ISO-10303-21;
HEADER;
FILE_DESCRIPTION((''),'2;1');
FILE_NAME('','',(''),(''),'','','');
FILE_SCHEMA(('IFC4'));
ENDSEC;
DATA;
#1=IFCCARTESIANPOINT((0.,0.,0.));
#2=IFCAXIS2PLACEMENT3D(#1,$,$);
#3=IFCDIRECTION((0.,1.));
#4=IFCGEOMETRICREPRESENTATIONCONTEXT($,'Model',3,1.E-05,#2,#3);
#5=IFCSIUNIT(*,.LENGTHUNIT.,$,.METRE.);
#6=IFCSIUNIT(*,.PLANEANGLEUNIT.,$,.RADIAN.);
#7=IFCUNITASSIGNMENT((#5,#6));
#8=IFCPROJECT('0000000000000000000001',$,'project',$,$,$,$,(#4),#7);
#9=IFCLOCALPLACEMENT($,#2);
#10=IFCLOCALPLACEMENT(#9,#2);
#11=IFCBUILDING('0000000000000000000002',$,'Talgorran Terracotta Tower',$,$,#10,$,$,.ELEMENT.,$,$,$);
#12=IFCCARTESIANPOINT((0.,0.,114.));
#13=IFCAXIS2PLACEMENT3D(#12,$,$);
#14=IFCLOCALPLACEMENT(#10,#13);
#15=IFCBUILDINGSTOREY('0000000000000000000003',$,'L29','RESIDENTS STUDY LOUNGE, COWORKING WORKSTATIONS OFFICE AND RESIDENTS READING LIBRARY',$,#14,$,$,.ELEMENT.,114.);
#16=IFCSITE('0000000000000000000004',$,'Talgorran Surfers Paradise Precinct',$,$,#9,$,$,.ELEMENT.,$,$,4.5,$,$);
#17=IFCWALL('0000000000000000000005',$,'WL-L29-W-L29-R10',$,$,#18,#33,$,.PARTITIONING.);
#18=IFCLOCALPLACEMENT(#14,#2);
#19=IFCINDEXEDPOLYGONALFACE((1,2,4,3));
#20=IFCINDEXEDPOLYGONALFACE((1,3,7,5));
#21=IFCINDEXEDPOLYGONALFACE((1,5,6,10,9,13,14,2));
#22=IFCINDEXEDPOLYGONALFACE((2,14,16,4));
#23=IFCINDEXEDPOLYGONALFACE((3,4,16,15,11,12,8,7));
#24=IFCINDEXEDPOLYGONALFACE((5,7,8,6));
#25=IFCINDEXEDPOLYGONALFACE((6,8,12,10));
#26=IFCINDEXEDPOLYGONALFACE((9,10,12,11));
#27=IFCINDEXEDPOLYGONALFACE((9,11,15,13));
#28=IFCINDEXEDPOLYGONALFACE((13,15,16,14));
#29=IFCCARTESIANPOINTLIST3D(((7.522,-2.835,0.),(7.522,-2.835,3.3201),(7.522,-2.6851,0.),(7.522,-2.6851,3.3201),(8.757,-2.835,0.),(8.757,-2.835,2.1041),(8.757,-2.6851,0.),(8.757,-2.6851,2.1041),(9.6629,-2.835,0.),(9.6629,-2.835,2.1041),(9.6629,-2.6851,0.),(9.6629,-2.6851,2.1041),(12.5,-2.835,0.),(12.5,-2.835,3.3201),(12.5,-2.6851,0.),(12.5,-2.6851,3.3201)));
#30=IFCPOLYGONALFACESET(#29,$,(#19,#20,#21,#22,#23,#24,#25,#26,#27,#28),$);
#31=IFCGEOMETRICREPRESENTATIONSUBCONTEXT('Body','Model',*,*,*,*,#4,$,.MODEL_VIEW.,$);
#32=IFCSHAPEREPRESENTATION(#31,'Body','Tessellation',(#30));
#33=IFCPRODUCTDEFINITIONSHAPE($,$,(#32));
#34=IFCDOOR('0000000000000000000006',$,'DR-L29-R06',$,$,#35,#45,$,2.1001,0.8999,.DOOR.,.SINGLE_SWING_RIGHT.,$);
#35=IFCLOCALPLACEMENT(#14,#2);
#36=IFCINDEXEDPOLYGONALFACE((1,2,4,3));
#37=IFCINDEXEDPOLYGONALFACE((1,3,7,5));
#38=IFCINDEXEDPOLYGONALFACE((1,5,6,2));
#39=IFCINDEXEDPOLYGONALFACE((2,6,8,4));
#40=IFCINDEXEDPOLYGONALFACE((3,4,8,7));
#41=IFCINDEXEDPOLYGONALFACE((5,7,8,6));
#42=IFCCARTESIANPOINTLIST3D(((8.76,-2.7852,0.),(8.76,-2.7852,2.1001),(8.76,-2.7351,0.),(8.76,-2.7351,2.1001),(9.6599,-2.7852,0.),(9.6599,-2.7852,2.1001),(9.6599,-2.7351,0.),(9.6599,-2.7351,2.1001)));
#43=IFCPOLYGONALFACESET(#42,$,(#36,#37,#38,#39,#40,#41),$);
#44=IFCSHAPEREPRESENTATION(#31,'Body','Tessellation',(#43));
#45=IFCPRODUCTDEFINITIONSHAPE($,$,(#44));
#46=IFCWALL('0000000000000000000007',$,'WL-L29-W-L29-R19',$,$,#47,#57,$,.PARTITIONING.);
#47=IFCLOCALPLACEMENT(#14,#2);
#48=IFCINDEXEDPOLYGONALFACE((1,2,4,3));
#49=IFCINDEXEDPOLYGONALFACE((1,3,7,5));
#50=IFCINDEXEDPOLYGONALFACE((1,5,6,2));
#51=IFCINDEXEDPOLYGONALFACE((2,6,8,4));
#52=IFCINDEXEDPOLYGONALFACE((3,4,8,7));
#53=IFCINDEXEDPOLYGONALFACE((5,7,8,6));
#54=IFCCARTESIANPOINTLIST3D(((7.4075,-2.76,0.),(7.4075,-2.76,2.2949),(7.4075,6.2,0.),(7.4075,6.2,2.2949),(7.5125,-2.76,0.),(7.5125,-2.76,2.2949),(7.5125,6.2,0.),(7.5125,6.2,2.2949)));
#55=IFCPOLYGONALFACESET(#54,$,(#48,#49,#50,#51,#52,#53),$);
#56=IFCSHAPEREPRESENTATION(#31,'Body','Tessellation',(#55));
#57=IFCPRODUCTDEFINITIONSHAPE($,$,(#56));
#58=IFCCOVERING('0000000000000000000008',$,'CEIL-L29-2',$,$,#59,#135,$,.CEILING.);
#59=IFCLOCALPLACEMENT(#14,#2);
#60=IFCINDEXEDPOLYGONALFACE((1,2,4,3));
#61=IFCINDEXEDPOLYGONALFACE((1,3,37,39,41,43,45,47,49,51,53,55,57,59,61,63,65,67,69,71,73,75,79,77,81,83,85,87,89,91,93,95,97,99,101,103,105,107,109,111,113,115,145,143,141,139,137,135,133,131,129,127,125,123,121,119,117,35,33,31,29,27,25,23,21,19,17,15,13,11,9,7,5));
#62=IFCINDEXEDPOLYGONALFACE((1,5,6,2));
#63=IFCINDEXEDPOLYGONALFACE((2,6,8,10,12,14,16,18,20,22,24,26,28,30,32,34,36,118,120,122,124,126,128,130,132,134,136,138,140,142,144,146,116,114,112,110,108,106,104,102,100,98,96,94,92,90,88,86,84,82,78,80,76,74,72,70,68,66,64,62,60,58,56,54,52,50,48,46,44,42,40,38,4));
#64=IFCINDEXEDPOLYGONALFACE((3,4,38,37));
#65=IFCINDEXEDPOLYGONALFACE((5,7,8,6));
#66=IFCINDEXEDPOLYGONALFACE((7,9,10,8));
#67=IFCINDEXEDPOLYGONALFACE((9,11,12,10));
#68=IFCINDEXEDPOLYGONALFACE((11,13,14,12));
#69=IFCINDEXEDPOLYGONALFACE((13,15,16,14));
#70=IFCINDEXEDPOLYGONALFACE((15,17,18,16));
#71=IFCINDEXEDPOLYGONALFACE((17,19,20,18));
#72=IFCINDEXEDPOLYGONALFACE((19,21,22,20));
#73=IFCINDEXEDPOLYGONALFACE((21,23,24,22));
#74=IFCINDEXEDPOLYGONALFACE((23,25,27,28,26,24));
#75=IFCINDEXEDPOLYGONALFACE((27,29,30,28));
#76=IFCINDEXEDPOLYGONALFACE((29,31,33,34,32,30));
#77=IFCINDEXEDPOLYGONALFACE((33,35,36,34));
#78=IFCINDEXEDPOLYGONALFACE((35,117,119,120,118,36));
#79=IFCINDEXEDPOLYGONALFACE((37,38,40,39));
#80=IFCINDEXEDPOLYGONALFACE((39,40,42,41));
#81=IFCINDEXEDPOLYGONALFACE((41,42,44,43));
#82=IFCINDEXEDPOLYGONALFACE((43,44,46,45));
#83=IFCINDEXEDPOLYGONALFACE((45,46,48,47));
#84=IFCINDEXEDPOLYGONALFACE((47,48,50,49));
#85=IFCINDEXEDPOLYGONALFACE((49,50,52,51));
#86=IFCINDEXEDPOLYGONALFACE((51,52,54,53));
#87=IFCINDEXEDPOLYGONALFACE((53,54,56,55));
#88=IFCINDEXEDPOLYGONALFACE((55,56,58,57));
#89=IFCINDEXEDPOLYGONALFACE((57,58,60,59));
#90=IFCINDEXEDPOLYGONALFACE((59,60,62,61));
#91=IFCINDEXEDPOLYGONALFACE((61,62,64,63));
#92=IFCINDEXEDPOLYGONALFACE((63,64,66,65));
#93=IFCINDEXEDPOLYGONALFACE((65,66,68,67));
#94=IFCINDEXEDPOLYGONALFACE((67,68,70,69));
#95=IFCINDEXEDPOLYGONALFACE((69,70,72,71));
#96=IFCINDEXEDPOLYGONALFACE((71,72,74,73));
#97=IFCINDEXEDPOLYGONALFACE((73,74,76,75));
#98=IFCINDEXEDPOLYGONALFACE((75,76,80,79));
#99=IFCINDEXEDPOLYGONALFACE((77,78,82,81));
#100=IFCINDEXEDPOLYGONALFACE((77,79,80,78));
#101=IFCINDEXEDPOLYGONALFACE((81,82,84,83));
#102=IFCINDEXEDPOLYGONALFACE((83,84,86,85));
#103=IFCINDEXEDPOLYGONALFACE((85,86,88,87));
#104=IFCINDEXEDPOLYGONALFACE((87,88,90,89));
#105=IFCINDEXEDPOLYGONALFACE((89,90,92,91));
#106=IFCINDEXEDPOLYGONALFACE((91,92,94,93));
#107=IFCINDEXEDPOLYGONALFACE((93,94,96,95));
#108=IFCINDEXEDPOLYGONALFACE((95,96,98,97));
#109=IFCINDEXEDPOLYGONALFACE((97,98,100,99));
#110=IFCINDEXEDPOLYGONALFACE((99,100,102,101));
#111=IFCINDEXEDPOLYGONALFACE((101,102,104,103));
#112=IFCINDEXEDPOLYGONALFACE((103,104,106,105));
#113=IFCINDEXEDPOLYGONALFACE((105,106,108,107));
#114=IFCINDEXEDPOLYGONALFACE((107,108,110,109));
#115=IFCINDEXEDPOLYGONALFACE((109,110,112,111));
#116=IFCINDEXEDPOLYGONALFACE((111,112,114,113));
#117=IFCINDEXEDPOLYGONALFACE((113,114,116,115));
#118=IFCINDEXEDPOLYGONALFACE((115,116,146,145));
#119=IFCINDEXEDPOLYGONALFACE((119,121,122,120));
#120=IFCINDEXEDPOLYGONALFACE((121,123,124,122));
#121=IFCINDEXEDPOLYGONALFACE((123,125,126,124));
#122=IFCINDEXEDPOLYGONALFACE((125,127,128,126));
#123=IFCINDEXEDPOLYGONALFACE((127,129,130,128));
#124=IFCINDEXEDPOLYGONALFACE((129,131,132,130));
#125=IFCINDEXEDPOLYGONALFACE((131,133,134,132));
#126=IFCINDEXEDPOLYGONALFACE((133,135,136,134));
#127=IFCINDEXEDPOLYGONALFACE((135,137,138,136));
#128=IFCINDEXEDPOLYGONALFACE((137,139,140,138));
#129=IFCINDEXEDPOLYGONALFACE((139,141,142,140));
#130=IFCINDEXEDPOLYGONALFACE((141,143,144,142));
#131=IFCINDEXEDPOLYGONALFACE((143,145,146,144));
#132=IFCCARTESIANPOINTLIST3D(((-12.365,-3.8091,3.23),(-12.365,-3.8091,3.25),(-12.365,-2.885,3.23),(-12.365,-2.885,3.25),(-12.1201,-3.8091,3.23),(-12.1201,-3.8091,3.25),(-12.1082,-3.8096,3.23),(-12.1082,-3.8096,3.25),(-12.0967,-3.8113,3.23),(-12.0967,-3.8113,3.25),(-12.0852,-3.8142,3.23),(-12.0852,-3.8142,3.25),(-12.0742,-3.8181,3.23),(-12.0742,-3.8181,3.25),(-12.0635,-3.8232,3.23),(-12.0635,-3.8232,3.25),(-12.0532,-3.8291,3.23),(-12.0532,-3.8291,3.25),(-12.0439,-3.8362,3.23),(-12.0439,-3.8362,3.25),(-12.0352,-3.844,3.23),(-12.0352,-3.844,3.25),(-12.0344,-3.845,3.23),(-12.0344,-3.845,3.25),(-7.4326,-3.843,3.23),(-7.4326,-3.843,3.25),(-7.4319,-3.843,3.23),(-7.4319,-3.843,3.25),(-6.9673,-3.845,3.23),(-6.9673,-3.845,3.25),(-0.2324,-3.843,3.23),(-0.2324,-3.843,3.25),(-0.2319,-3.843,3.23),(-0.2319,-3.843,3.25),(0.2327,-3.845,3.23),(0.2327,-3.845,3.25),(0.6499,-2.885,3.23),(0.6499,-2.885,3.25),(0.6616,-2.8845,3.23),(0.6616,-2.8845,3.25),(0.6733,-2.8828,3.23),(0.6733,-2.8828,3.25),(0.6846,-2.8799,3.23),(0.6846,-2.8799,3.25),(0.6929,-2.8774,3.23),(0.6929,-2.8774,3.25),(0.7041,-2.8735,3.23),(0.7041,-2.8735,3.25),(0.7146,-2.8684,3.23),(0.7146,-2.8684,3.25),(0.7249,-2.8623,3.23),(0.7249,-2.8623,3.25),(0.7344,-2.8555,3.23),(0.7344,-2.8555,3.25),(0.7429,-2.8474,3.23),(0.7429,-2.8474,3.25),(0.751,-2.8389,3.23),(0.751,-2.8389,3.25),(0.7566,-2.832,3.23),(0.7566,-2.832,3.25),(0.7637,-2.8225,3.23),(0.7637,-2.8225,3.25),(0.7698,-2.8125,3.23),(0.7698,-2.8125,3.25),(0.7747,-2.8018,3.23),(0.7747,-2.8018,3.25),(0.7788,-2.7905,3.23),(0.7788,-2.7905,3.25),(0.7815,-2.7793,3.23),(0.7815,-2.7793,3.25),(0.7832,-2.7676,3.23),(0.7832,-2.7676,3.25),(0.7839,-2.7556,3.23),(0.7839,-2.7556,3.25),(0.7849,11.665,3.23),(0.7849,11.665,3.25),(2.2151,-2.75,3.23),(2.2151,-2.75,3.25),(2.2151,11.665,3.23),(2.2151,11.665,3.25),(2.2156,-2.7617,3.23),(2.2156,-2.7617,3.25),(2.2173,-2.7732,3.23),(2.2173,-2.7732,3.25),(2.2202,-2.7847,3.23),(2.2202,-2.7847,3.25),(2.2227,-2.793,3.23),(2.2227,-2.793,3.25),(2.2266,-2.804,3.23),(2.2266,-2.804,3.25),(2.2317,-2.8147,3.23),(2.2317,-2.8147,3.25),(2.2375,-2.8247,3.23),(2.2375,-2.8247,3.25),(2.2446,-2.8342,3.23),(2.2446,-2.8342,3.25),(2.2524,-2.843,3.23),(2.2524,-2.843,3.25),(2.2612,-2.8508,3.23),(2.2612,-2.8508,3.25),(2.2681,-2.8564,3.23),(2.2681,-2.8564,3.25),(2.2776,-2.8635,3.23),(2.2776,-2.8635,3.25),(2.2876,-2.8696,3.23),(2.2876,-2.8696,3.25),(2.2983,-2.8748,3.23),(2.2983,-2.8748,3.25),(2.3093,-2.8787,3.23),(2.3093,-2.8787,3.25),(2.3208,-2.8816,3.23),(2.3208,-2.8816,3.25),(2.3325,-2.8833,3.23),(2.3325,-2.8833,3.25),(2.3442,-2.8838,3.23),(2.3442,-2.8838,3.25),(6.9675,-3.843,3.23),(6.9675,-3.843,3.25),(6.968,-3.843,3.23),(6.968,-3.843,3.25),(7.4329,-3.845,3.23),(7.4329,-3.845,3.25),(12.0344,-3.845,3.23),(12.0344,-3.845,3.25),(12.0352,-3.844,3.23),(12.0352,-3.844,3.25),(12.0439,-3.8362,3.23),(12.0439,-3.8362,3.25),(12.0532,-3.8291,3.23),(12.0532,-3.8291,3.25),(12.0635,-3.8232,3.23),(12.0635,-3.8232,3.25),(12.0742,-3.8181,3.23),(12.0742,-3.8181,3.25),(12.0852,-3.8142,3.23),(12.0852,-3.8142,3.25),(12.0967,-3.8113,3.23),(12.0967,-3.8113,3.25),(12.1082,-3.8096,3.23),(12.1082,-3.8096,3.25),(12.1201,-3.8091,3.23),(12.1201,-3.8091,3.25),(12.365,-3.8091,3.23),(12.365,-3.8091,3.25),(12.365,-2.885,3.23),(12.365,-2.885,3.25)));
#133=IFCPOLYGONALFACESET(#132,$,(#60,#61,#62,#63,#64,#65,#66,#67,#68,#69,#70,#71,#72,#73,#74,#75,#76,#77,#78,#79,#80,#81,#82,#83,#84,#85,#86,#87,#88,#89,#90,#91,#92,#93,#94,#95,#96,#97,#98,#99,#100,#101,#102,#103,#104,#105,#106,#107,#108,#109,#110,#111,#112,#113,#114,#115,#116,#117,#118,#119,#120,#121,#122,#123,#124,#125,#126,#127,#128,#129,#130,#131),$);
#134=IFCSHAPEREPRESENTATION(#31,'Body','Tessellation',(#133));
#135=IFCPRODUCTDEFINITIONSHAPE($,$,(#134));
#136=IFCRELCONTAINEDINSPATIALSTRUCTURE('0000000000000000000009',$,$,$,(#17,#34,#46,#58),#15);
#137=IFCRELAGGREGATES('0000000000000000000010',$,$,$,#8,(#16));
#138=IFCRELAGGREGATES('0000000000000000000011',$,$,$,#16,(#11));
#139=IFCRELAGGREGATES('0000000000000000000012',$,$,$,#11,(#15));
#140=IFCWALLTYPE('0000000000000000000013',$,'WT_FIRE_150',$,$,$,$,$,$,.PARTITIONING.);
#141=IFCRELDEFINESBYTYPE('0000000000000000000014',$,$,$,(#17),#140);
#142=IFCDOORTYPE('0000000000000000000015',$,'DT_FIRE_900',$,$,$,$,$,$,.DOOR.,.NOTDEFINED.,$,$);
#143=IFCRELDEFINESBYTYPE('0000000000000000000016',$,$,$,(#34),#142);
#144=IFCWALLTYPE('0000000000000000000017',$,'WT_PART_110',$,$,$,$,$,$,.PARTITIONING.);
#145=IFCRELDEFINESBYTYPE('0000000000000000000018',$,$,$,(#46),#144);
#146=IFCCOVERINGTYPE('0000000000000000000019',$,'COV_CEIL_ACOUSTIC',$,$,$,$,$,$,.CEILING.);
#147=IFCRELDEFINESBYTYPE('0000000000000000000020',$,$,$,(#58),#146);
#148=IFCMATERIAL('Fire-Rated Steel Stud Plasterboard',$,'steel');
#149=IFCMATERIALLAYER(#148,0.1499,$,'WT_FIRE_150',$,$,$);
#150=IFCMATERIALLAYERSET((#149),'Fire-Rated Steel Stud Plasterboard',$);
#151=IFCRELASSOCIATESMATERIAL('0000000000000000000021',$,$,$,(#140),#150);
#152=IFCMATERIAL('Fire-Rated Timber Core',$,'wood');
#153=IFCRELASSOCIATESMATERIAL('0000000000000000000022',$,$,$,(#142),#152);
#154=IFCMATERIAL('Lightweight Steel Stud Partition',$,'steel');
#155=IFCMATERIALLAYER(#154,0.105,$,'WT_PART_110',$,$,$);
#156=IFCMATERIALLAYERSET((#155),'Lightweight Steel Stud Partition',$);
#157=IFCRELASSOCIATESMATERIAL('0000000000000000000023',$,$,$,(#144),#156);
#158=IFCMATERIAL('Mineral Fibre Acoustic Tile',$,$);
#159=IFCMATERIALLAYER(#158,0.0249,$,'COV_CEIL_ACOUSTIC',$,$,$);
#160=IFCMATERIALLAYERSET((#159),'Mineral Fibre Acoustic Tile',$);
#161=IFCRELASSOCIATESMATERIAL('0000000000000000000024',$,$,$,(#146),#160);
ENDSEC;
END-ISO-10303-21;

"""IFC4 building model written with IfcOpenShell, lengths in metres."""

from ifc_helpers import new_model, si_unit, direction, frame, frame_2d, origin, place, context, subcontext, project, spatial, polyline, rectangle, outline, extrude, material, layer, layer_set, type_object, element, fill, save


model = new_model("IFC4")

# Units and contexts
model_context = context("Model", 3, precision=1e-05, world=origin(), true_north=direction((0.0, 1.0)))
body_context = subcontext(model_context, "Body", "Model", "MODEL_VIEW")
ifc_project = project(units=[si_unit("LENGTHUNIT", "METRE"), si_unit("PLANEANGLEUNIT", "RADIAN")], contexts=[model_context])

# Site, building, storey
site_placement = place(None, origin())
site = spatial("IfcSite", under=ifc_project, at=site_placement, Name="Talgorran Surfers Paradise Precinct", CompositionType="ELEMENT", RefElevation=4.5)
building_placement = place(site_placement, origin())
building = spatial("IfcBuilding", under=site, at=building_placement, Name="Talgorran Terracotta Tower", CompositionType="ELEMENT")
storey_placement = place(building_placement, frame((0.0, 0.0, 114.0)))
storey = spatial("IfcBuildingStorey", under=building, at=storey_placement, Name="L29", Description="RESIDENTS STUDY LOUNGE, COWORKING WORKSTATIONS OFFICE AND RESIDENTS READING LIBRARY", CompositionType="ELEMENT", Elevation=114.0)

# Shared definitions
ifc_material_1 = material(Name="Fire-Rated Steel Stud Plasterboard", Category="steel")
ifc_layer_1 = layer(ifc_material_1, 0.1499, Name="WT_FIRE_150")
ifc_layer_set_1 = layer_set([ifc_layer_1], Name="Fire-Rated Steel Stud Plasterboard")
wall_type_1 = type_object("IfcWallType", Name="WT_FIRE_150", PredefinedType="PARTITIONING", material=ifc_layer_set_1)
ifc_material_2 = material(Name="Fire-Rated Timber Core", Category="wood")
door_type = type_object("IfcDoorType", Name="DT_FIRE_900", OperationType="NOTDEFINED", PredefinedType="DOOR", material=ifc_material_2)

# Wall, opening, door
wall_1_placement = place(storey_placement, frame((7.522, -2.76, 0.0), z_axis=(0.0, 0.0, 1.0), x_axis=(1.0, 0.0, 0.0)))
wall_1 = element("IfcWall", 1, at=wall_1_placement, inside=storey, type_object=wall_type_1, Name="WL-L29-W-L29-R10", PredefinedType="PARTITIONING", context=body_context, shape_type="SweptSolid", body=[
    extrude(rectangle(XDim=4.978, YDim=0.1499, at=frame_2d((2.489, 0.0))), origin(), (0.0, 0.0, 1.0), 3.3201),
])
opening_1_placement = place(wall_1_placement, frame((1.238, 0.0, 0.0)))
opening_1 = element("IfcOpeningElement", 2, at=opening_1_placement, cuts=wall_1, PredefinedType="OPENING", context=body_context, shape_type="SweptSolid", body=[
    extrude(rectangle(XDim=0.9059, YDim=2.1041, at=frame_2d((0.45, 1.052))), frame((0.0, 0.085, 0.0), z_axis=(0.0, -1.0, 0.0), x_axis=(1.0, 0.0, 0.0)), (0.0, 0.0, 1.0), 0.1699),
])
door_1_placement = place(opening_1_placement, origin())
door_1 = element("IfcDoor", 3, at=door_1_placement, inside=storey, type_object=door_type, Name="DR-L29-R06", OperationType="SINGLE_SWING_RIGHT", OverallHeight=2.1001, OverallWidth=0.8999, PredefinedType="DOOR", context=body_context, shape_type="SweptSolid", body=[
    extrude(rectangle(XDim=0.8999, YDim=2.1001, at=frame_2d((0.45, 1.05))), frame((0.0, 0.0249, 0.0), z_axis=(0.0, -1.0, 0.0), x_axis=(1.0, 0.0, 0.0)), (0.0, 0.0, 1.0), 0.05),
])
fill(opening_1, door_1)

# Wall
ifc_material_3 = material(Name="Lightweight Steel Stud Partition", Category="steel")
ifc_layer_2 = layer(ifc_material_3, 0.105, Name="WT_PART_110")
ifc_layer_set_2 = layer_set([ifc_layer_2], Name="Lightweight Steel Stud Partition")
wall_type_2 = type_object("IfcWallType", Name="WT_PART_110", PredefinedType="PARTITIONING", material=ifc_layer_set_2)
wall_2_placement = place(storey_placement, frame((7.46, -2.76, 0.0), z_axis=(0.0, 0.0, 1.0), x_axis=(0.0, 1.0, 0.0)))
element("IfcWall", 4, at=wall_2_placement, inside=storey, type_object=wall_type_2, Name="WL-L29-W-L29-R19", PredefinedType="PARTITIONING", context=body_context, shape_type="SweptSolid", body=[
    extrude(rectangle(XDim=8.96, YDim=0.105, at=frame_2d((4.48, 0.0))), origin(), (0.0, 0.0, 1.0), 2.2949),
])

# Covering
ifc_material_4 = material(Name="Mineral Fibre Acoustic Tile")
ifc_layer_3 = layer(ifc_material_4, 0.0249, Name="COV_CEIL_ACOUSTIC")
ifc_layer_set_3 = layer_set([ifc_layer_3], Name="Mineral Fibre Acoustic Tile")
covering_type_1 = type_object("IfcCoveringType", Name="COV_CEIL_ACOUSTIC", PredefinedType="CEILING", material=ifc_layer_set_3)
covering_1_placement = place(storey_placement, frame((0.0, 0.0, 3.23)))
element("IfcCovering", 5, at=covering_1_placement, inside=storey, type_object=covering_type_1, Name="CEIL-L29-2", PredefinedType="CEILING", context=body_context, shape_type="SweptSolid", body=[
    extrude(outline(polyline([(-12.365, -2.885), (0.6499, -2.885), (0.6616, -2.8845), (0.6733, -2.8828), (0.6846, -2.8799), (0.6929, -2.8774), (0.7041, -2.8735), (0.7146, -2.8684), (0.7249, -2.8623), (0.7344, -2.8555), (0.7429, -2.8474), (0.751, -2.8389), (0.7566, -2.832), (0.7637, -2.8225), (0.7698, -2.8125), (0.7747, -2.8018), (0.7788, -2.7905), (0.7815, -2.7793), (0.7832, -2.7676), (0.7839, -2.7556), (0.7849, 11.665), (2.2151, 11.665), (2.2151, -2.75), (2.2156, -2.7617), (2.2173, -2.7732), (2.2202, -2.7847), (2.2227, -2.793), (2.2266, -2.804), (2.2317, -2.8147), (2.2375, -2.8247), (2.2446, -2.8342), (2.2524, -2.843), (2.2612, -2.8508), (2.2681, -2.8564), (2.2776, -2.8635), (2.2876, -2.8696), (2.2983, -2.8748), (2.3093, -2.8787), (2.3208, -2.8816), (2.3325, -2.8833), (2.3442, -2.8838), (12.365, -2.885), (12.365, -3.8091), (12.1201, -3.8091), (12.1082, -3.8096), (12.0967, -3.8113), (12.0852, -3.8142), (12.0742, -3.8181), (12.0635, -3.8232), (12.0532, -3.8291), (12.0439, -3.8362), (12.0352, -3.844), (12.0344, -3.845), (7.4329, -3.845), (6.968, -3.843), (6.9675, -3.843), (0.2327, -3.845), (-0.2319, -3.843), (-0.2324, -3.843), (-6.9673, -3.845), (-7.4319, -3.843), (-7.4326, -3.843), (-12.0344, -3.845), (-12.0352, -3.844), (-12.0439, -3.8362), (-12.0532, -3.8291), (-12.0635, -3.8232), (-12.0742, -3.8181), (-12.0852, -3.8142), (-12.0967, -3.8113), (-12.1082, -3.8096), (-12.1201, -3.8091), (-12.365, -3.8091), (-12.365, -2.885)])), origin(), (0.0, 0.0, 1.0), 0.02),
])

save(model, "model.ifc")
